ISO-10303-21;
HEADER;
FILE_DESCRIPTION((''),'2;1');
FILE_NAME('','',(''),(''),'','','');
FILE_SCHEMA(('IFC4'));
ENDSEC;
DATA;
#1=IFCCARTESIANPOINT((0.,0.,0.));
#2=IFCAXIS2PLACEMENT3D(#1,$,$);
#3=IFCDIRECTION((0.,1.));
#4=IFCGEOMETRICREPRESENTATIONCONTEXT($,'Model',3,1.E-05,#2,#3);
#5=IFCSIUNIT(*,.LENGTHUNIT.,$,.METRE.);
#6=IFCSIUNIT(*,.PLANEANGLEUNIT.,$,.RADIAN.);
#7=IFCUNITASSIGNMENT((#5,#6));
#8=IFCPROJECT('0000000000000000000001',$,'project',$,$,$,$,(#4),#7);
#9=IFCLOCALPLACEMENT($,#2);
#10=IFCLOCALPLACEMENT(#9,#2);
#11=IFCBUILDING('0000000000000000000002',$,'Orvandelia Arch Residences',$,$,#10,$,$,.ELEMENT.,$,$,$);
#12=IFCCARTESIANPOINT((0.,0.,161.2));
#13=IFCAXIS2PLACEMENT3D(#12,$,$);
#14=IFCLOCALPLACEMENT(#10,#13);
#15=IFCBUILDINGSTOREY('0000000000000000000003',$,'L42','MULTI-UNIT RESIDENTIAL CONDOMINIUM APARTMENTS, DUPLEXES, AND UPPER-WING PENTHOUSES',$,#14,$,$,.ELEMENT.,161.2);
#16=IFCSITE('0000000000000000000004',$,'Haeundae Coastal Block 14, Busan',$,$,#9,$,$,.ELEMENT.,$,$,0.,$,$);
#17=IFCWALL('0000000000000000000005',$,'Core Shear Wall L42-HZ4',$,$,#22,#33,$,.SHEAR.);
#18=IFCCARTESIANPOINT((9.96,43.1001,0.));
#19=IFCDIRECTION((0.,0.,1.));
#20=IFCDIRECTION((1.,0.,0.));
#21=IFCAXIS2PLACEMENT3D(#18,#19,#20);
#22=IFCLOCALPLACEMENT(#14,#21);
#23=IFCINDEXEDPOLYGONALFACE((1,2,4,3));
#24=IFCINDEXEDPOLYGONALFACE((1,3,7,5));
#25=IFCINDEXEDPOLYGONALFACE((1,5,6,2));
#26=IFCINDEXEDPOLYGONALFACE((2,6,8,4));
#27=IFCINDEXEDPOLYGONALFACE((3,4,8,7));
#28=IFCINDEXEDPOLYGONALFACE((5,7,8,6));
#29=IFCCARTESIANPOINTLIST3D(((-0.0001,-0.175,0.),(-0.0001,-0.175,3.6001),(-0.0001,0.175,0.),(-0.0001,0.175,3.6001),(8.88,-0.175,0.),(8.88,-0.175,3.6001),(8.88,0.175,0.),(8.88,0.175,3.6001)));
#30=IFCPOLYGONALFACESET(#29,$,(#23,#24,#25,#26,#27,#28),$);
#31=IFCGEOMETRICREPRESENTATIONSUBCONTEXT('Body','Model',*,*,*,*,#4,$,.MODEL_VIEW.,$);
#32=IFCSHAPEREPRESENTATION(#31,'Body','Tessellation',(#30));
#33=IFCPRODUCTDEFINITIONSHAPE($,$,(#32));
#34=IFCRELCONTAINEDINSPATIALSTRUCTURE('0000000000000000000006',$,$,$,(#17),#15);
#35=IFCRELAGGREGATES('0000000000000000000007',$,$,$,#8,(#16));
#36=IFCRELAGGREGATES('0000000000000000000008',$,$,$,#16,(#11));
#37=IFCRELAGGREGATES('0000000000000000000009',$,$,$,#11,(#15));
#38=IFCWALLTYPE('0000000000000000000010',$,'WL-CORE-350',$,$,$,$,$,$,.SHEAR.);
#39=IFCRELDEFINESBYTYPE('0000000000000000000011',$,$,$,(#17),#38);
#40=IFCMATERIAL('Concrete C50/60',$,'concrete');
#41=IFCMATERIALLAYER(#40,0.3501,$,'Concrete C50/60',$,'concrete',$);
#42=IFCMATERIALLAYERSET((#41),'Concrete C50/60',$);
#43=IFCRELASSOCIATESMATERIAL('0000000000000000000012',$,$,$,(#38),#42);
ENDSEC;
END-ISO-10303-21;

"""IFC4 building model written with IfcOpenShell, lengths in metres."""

from ifc_helpers import new_model, si_unit, direction, frame, frame_2d, origin, place, context, subcontext, project, spatial, rectangle, extrude, material, layer, layer_set, type_object, element, save


model = new_model("IFC4")

# Units and contexts
model_context = context("Model", 3, precision=1e-05, world=origin(), true_north=direction((0.0, 1.0)))
body_context = subcontext(model_context, "Body", "Model", "MODEL_VIEW")
ifc_project = project(units=[si_unit("LENGTHUNIT", "METRE"), si_unit("PLANEANGLEUNIT", "RADIAN")], contexts=[model_context])

# Site, building, storey
site_placement = place(None, origin())
site = spatial("IfcSite", under=ifc_project, at=site_placement, Name="Haeundae Coastal Block 14, Busan", CompositionType="ELEMENT", RefElevation=0.0)
building_placement = place(site_placement, origin())
building = spatial("IfcBuilding", under=site, at=building_placement, Name="Orvandelia Arch Residences", CompositionType="ELEMENT")
storey_placement = place(building_placement, frame((0.0, 0.0, 161.2)))
storey = spatial("IfcBuildingStorey", under=building, at=storey_placement, Name="L42", Description="MULTI-UNIT RESIDENTIAL CONDOMINIUM APARTMENTS, DUPLEXES, AND UPPER-WING PENTHOUSES", CompositionType="ELEMENT", Elevation=161.2)

# Wall
ifc_material_1 = material(Name="Concrete C50/60", Category="concrete")
ifc_layer_1 = layer(ifc_material_1, 0.3501, Name="Concrete C50/60", Category="concrete")
ifc_layer_set_1 = layer_set([ifc_layer_1], Name="Concrete C50/60")
wall_type_1 = type_object("IfcWallType", Name="WL-CORE-350", PredefinedType="SHEAR", material=ifc_layer_set_1)
wall_1_placement = place(storey_placement, frame((9.96, 43.1001, 0.0), z_axis=(0.0, 0.0, 1.0), x_axis=(1.0, 0.0, 0.0)))
element("IfcWall", 1, at=wall_1_placement, inside=storey, type_object=wall_type_1, Name="Core Shear Wall L42-HZ4", PredefinedType="SHEAR", context=body_context, shape_type="SweptSolid", body=[
    extrude(rectangle(XDim=8.8801, YDim=0.3501, at=frame_2d((4.4399, 0.0))), origin(), (0.0, 0.0, 1.0), 3.6001),
])

save(model, "model.ifc")
